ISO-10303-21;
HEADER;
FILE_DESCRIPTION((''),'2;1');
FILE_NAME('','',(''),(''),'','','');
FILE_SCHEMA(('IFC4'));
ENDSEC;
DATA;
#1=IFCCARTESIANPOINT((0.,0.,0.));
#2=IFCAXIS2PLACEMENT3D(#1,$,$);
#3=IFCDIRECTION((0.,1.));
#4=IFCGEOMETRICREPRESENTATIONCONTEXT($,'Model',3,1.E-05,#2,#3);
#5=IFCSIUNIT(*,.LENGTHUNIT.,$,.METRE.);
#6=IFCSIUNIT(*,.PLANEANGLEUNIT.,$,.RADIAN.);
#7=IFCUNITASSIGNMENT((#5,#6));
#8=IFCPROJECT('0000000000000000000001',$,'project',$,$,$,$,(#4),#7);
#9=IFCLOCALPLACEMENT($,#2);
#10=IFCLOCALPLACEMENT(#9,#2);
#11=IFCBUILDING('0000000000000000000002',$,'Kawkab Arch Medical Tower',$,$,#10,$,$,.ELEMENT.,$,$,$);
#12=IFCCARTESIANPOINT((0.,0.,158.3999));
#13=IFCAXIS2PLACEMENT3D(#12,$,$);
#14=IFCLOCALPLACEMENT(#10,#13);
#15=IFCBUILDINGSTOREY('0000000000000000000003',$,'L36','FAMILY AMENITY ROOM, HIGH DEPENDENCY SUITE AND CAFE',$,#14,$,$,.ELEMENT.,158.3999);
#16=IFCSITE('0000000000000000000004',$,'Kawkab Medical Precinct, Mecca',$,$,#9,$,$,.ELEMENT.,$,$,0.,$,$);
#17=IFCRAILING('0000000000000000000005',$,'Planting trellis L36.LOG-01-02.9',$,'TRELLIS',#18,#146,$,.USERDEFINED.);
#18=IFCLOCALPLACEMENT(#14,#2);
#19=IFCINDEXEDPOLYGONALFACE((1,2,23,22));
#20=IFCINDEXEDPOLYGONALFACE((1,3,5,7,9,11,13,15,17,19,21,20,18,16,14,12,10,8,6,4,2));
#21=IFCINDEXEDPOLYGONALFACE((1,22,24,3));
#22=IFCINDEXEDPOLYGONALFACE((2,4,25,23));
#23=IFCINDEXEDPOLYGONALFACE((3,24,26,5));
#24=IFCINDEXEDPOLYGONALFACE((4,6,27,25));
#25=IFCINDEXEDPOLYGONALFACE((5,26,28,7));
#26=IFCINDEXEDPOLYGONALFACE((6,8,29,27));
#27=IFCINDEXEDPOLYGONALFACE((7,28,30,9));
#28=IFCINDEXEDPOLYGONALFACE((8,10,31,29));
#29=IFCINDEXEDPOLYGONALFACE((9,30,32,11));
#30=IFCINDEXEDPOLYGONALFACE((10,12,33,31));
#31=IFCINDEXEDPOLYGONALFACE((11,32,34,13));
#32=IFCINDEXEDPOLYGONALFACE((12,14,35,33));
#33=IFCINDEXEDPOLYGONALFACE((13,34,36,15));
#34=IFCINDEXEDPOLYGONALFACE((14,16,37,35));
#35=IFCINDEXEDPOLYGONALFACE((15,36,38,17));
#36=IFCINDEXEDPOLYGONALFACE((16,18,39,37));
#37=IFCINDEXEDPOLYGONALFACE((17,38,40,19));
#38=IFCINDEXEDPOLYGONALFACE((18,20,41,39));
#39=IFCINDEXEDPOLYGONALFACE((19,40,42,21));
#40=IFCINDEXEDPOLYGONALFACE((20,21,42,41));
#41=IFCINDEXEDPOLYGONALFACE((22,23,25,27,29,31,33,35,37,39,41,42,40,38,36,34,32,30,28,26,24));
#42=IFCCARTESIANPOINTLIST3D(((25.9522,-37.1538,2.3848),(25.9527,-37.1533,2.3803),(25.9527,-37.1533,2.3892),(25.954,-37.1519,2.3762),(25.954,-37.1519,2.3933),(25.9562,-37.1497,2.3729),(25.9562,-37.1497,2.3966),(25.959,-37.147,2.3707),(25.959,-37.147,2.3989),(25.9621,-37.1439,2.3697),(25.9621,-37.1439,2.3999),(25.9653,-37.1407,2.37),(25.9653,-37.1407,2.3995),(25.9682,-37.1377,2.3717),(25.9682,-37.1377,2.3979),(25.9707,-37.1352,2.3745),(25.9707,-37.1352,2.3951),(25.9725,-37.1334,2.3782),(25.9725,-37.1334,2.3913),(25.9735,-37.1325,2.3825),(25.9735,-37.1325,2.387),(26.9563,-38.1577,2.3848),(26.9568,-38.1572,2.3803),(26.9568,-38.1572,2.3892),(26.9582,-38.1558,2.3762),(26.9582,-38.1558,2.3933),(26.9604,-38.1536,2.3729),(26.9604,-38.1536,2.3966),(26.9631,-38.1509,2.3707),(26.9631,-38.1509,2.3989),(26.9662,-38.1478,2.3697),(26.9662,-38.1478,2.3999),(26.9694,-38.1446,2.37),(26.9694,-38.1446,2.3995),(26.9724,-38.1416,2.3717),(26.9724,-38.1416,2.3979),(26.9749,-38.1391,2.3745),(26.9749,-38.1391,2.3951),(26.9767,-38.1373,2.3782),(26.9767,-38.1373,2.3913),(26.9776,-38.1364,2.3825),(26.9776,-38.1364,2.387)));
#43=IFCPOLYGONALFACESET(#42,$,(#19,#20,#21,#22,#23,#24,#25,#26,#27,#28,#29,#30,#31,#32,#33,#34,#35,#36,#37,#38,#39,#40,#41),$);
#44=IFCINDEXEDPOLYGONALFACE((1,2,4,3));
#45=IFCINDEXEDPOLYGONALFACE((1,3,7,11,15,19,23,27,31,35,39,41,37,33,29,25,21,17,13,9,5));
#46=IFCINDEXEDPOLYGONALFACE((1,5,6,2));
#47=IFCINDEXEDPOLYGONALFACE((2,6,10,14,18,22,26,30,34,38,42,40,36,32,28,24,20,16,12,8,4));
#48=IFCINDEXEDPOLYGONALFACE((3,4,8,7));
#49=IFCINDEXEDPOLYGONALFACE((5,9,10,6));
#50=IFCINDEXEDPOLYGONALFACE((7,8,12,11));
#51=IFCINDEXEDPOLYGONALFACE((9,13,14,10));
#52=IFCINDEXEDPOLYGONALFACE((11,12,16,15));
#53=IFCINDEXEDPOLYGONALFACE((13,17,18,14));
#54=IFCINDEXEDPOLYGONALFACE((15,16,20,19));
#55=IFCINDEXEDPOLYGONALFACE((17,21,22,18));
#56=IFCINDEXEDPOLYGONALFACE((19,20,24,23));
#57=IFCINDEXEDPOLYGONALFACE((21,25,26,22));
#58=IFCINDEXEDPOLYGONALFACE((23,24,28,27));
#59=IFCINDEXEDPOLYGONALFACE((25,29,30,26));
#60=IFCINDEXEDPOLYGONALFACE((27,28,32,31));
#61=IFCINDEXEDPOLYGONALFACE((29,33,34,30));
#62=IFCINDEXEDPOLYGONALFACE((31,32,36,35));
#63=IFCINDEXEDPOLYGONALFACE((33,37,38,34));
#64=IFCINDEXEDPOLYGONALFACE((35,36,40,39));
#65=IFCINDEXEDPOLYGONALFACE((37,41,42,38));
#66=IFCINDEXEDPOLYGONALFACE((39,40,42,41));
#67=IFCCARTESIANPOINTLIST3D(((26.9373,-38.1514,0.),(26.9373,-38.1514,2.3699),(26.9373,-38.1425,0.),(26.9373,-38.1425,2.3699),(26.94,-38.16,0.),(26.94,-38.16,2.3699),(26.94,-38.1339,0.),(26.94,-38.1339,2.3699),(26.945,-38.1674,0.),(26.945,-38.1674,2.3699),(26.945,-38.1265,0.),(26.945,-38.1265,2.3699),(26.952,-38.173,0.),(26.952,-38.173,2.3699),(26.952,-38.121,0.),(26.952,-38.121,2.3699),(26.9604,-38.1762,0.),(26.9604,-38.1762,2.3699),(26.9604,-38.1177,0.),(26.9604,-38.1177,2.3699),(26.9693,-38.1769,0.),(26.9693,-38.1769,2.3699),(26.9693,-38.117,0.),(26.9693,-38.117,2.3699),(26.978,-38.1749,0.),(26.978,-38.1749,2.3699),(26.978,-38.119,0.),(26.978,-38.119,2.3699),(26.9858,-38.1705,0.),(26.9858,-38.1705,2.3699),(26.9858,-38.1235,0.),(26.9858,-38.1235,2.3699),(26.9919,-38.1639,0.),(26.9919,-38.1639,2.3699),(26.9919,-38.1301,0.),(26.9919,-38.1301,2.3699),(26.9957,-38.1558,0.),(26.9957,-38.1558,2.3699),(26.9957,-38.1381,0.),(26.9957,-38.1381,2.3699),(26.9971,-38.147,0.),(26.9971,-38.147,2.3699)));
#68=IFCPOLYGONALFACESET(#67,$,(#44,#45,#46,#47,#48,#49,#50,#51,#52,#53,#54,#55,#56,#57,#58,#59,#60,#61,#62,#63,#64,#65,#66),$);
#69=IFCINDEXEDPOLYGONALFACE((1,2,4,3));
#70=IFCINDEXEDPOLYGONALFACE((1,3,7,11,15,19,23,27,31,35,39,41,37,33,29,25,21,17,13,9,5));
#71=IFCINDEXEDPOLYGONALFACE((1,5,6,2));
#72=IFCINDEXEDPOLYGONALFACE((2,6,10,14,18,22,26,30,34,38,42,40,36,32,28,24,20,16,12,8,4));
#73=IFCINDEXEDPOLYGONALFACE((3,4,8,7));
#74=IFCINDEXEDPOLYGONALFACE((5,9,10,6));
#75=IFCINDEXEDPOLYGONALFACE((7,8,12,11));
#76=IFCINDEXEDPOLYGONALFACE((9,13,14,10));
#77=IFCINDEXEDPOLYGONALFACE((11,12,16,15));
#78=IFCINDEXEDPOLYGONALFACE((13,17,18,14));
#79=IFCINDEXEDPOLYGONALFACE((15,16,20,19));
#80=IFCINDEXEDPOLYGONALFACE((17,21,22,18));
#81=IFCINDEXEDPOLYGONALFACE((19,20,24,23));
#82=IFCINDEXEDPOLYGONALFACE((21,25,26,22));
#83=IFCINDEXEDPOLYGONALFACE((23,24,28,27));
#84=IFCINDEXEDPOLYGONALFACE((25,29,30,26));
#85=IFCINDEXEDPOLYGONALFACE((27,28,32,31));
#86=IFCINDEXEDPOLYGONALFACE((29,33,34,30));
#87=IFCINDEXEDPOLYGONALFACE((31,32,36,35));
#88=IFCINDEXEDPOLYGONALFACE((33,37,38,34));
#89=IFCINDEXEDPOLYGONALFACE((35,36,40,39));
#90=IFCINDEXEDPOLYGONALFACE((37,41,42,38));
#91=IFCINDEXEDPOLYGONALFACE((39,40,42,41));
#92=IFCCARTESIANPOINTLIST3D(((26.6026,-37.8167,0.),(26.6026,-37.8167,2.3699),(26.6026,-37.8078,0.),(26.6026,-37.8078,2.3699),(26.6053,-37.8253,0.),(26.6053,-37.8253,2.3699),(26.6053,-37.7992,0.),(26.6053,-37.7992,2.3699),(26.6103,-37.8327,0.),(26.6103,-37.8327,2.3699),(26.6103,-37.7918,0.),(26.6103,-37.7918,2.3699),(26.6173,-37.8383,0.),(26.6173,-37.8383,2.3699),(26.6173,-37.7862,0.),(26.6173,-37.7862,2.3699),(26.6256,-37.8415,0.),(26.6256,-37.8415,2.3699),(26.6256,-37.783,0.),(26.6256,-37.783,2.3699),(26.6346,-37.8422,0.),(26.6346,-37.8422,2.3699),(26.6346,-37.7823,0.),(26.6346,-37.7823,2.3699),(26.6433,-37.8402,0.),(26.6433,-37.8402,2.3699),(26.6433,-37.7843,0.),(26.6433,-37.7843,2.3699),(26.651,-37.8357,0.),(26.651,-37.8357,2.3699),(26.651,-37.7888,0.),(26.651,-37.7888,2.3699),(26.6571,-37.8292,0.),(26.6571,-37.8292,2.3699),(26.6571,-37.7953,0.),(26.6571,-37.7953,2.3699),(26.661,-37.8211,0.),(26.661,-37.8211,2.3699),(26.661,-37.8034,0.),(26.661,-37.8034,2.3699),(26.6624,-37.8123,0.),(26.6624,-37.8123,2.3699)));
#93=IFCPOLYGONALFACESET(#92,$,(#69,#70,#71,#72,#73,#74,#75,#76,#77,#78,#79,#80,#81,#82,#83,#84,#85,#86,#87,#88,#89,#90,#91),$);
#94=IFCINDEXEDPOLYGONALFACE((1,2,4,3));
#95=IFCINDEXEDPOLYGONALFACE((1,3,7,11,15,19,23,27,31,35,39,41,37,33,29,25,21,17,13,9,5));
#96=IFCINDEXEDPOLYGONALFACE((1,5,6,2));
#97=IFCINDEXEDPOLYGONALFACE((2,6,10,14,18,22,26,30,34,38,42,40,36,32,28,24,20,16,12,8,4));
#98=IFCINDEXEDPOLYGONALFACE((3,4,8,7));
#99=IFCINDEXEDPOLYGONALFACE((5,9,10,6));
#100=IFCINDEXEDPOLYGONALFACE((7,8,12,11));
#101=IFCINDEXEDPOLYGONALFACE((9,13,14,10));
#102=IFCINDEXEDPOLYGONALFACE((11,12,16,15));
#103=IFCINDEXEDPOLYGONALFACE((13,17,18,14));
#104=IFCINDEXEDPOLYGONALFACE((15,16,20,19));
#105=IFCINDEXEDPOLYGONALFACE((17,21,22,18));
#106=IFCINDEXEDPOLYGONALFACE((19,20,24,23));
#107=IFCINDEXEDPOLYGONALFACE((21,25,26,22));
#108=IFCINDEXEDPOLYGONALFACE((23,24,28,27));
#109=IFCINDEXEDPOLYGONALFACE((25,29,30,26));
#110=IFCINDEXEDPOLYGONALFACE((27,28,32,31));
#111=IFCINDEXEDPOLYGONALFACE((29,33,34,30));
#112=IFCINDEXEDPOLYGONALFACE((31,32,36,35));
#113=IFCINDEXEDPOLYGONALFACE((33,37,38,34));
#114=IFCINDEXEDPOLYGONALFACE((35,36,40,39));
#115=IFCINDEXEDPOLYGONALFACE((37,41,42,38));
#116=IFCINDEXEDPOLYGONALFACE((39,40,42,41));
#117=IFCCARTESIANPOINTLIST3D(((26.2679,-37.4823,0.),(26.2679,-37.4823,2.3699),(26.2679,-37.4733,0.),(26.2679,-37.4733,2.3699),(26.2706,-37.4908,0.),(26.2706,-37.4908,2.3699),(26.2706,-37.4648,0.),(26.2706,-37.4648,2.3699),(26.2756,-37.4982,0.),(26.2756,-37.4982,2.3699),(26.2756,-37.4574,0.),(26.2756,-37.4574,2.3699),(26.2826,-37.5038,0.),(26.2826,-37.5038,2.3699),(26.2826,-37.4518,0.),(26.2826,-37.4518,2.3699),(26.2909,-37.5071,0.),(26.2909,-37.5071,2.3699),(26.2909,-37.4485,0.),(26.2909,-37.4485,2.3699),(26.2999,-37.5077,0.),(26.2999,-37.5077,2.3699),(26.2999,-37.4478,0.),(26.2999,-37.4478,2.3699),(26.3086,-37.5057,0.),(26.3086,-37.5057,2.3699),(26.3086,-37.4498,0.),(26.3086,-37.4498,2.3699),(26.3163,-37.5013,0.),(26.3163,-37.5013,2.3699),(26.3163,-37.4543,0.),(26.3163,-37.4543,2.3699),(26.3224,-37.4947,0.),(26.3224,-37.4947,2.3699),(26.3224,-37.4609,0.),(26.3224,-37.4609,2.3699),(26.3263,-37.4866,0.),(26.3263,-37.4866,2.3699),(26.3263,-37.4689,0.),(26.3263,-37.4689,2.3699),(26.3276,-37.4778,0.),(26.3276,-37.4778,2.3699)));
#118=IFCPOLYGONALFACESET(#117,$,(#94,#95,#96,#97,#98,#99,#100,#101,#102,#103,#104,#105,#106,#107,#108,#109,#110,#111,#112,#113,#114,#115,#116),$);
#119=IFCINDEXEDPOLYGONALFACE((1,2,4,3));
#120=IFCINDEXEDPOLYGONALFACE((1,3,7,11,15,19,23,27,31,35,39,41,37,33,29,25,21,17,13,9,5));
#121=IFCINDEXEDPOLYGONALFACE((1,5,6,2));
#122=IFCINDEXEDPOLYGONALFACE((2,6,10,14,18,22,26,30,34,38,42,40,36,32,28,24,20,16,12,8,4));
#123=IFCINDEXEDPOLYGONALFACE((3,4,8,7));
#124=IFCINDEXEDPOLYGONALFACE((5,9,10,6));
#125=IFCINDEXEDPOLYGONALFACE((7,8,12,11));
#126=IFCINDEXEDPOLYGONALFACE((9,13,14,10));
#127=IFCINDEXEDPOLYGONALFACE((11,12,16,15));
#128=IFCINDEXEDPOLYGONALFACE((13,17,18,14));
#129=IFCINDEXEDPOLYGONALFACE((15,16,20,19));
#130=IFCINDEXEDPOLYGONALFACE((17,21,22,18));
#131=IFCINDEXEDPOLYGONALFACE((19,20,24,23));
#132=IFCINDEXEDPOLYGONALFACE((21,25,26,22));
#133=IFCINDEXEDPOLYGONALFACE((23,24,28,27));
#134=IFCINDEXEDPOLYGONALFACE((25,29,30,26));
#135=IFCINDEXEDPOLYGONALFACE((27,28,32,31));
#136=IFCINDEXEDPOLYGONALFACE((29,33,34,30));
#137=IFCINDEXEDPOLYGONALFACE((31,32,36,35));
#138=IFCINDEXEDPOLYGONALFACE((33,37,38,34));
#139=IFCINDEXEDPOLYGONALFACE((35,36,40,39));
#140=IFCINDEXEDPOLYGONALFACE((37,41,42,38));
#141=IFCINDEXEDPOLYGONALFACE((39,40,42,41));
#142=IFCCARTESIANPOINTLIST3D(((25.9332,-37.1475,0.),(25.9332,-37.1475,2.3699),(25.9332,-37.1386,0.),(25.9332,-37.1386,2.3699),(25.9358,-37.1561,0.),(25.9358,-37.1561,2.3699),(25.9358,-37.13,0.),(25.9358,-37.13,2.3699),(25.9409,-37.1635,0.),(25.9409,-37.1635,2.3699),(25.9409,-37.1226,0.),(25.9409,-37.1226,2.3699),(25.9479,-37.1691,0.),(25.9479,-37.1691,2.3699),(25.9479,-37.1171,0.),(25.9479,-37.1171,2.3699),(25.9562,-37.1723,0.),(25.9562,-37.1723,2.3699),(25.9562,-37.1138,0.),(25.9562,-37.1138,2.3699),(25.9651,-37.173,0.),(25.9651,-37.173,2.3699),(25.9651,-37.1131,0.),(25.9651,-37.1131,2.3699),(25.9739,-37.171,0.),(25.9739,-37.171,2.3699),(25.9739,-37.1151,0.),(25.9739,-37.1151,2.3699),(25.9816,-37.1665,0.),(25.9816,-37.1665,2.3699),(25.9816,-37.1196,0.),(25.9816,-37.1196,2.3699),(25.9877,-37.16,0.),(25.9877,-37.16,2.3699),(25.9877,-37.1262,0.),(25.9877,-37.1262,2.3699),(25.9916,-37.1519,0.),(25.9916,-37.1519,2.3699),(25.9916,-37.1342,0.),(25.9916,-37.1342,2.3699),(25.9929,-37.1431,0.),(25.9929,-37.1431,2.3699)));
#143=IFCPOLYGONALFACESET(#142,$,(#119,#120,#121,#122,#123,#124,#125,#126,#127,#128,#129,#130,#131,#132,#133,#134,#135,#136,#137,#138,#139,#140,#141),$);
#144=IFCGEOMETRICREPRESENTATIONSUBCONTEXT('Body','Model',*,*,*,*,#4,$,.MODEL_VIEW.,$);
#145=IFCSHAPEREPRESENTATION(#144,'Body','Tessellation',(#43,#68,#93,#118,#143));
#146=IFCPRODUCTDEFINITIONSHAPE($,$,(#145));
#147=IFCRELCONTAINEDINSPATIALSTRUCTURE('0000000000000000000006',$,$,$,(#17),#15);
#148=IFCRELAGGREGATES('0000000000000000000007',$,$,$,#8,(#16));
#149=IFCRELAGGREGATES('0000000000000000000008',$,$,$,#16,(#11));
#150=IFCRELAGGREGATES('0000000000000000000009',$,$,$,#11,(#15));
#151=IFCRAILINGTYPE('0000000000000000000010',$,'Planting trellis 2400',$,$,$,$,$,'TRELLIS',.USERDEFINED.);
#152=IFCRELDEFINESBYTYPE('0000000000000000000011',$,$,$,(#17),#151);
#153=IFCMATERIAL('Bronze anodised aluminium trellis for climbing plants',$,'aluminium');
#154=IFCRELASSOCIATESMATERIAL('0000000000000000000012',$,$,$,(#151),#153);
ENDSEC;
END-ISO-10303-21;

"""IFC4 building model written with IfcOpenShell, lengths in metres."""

from ifc_helpers import new_model, si_unit, direction, frame, origin, origin_2d, place, context, subcontext, project, spatial, circle, extrude, material, type_object, element, save


model = new_model("IFC4")

# Units and contexts
model_context = context("Model", 3, precision=1e-05, world=origin(), true_north=direction((0.0, 1.0)))
body_context = subcontext(model_context, "Body", "Model", "MODEL_VIEW")
ifc_project = project(units=[si_unit("LENGTHUNIT", "METRE"), si_unit("PLANEANGLEUNIT", "RADIAN")], contexts=[model_context])

# Site, building, storey
site_placement = place(None, origin())
site = spatial("IfcSite", under=ifc_project, at=site_placement, Name="Kawkab Medical Precinct, Mecca", CompositionType="ELEMENT", RefElevation=0.0)
building_placement = place(site_placement, origin())
building = spatial("IfcBuilding", under=site, at=building_placement, Name="Kawkab Arch Medical Tower", CompositionType="ELEMENT")
storey_placement = place(building_placement, frame((0.0, 0.0, 158.3999)))
storey = spatial("IfcBuildingStorey", under=building, at=storey_placement, Name="L36", Description="FAMILY AMENITY ROOM, HIGH DEPENDENCY SUITE AND CAFE", CompositionType="ELEMENT", Elevation=158.3999)

# Railing
ifc_material_1 = material(Name="Bronze anodised aluminium trellis for climbing plants", Category="aluminium")
railing_type = type_object("IfcRailingType", Name="Planting trellis 2400", ElementType="TRELLIS", PredefinedType="USERDEFINED", material=ifc_material_1)
railing_1_placement = place(storey_placement, frame((26.967, -38.147, 0.0)))
element("IfcRailing", 1, at=railing_1_placement, inside=storey, type_object=railing_type, Name="Planting trellis L36.LOG-01-02.9", ObjectType="TRELLIS", PredefinedType="USERDEFINED", context=body_context, shape_type="SweptSolid", body=[
    extrude(circle(Radius=0.0151, at=origin_2d()), frame((0.0, 0.0, 2.3848), z_axis=(-0.707193, 0.707021, 0.0), x_axis=(-0.707021, -0.707193, 0.0)), (0.0, 0.0, 1.0), 1.4199),
    extrude(circle(Radius=0.03, at=origin_2d()), origin(), (0.0, 0.0, 1.0), 2.3699),
    extrude(circle(Radius=0.03, at=origin_2d()), frame((-0.3347, 0.3347, 0.0)), (0.0, 0.0, 1.0), 2.3699),
    extrude(circle(Radius=0.03, at=origin_2d()), frame((-0.6694, 0.6692, 0.0)), (0.0, 0.0, 1.0), 2.3699),
    extrude(circle(Radius=0.03, at=origin_2d()), frame((-1.0042, 1.0039, 0.0)), (0.0, 0.0, 1.0), 2.3699),
])

save(model, "model.ifc")
